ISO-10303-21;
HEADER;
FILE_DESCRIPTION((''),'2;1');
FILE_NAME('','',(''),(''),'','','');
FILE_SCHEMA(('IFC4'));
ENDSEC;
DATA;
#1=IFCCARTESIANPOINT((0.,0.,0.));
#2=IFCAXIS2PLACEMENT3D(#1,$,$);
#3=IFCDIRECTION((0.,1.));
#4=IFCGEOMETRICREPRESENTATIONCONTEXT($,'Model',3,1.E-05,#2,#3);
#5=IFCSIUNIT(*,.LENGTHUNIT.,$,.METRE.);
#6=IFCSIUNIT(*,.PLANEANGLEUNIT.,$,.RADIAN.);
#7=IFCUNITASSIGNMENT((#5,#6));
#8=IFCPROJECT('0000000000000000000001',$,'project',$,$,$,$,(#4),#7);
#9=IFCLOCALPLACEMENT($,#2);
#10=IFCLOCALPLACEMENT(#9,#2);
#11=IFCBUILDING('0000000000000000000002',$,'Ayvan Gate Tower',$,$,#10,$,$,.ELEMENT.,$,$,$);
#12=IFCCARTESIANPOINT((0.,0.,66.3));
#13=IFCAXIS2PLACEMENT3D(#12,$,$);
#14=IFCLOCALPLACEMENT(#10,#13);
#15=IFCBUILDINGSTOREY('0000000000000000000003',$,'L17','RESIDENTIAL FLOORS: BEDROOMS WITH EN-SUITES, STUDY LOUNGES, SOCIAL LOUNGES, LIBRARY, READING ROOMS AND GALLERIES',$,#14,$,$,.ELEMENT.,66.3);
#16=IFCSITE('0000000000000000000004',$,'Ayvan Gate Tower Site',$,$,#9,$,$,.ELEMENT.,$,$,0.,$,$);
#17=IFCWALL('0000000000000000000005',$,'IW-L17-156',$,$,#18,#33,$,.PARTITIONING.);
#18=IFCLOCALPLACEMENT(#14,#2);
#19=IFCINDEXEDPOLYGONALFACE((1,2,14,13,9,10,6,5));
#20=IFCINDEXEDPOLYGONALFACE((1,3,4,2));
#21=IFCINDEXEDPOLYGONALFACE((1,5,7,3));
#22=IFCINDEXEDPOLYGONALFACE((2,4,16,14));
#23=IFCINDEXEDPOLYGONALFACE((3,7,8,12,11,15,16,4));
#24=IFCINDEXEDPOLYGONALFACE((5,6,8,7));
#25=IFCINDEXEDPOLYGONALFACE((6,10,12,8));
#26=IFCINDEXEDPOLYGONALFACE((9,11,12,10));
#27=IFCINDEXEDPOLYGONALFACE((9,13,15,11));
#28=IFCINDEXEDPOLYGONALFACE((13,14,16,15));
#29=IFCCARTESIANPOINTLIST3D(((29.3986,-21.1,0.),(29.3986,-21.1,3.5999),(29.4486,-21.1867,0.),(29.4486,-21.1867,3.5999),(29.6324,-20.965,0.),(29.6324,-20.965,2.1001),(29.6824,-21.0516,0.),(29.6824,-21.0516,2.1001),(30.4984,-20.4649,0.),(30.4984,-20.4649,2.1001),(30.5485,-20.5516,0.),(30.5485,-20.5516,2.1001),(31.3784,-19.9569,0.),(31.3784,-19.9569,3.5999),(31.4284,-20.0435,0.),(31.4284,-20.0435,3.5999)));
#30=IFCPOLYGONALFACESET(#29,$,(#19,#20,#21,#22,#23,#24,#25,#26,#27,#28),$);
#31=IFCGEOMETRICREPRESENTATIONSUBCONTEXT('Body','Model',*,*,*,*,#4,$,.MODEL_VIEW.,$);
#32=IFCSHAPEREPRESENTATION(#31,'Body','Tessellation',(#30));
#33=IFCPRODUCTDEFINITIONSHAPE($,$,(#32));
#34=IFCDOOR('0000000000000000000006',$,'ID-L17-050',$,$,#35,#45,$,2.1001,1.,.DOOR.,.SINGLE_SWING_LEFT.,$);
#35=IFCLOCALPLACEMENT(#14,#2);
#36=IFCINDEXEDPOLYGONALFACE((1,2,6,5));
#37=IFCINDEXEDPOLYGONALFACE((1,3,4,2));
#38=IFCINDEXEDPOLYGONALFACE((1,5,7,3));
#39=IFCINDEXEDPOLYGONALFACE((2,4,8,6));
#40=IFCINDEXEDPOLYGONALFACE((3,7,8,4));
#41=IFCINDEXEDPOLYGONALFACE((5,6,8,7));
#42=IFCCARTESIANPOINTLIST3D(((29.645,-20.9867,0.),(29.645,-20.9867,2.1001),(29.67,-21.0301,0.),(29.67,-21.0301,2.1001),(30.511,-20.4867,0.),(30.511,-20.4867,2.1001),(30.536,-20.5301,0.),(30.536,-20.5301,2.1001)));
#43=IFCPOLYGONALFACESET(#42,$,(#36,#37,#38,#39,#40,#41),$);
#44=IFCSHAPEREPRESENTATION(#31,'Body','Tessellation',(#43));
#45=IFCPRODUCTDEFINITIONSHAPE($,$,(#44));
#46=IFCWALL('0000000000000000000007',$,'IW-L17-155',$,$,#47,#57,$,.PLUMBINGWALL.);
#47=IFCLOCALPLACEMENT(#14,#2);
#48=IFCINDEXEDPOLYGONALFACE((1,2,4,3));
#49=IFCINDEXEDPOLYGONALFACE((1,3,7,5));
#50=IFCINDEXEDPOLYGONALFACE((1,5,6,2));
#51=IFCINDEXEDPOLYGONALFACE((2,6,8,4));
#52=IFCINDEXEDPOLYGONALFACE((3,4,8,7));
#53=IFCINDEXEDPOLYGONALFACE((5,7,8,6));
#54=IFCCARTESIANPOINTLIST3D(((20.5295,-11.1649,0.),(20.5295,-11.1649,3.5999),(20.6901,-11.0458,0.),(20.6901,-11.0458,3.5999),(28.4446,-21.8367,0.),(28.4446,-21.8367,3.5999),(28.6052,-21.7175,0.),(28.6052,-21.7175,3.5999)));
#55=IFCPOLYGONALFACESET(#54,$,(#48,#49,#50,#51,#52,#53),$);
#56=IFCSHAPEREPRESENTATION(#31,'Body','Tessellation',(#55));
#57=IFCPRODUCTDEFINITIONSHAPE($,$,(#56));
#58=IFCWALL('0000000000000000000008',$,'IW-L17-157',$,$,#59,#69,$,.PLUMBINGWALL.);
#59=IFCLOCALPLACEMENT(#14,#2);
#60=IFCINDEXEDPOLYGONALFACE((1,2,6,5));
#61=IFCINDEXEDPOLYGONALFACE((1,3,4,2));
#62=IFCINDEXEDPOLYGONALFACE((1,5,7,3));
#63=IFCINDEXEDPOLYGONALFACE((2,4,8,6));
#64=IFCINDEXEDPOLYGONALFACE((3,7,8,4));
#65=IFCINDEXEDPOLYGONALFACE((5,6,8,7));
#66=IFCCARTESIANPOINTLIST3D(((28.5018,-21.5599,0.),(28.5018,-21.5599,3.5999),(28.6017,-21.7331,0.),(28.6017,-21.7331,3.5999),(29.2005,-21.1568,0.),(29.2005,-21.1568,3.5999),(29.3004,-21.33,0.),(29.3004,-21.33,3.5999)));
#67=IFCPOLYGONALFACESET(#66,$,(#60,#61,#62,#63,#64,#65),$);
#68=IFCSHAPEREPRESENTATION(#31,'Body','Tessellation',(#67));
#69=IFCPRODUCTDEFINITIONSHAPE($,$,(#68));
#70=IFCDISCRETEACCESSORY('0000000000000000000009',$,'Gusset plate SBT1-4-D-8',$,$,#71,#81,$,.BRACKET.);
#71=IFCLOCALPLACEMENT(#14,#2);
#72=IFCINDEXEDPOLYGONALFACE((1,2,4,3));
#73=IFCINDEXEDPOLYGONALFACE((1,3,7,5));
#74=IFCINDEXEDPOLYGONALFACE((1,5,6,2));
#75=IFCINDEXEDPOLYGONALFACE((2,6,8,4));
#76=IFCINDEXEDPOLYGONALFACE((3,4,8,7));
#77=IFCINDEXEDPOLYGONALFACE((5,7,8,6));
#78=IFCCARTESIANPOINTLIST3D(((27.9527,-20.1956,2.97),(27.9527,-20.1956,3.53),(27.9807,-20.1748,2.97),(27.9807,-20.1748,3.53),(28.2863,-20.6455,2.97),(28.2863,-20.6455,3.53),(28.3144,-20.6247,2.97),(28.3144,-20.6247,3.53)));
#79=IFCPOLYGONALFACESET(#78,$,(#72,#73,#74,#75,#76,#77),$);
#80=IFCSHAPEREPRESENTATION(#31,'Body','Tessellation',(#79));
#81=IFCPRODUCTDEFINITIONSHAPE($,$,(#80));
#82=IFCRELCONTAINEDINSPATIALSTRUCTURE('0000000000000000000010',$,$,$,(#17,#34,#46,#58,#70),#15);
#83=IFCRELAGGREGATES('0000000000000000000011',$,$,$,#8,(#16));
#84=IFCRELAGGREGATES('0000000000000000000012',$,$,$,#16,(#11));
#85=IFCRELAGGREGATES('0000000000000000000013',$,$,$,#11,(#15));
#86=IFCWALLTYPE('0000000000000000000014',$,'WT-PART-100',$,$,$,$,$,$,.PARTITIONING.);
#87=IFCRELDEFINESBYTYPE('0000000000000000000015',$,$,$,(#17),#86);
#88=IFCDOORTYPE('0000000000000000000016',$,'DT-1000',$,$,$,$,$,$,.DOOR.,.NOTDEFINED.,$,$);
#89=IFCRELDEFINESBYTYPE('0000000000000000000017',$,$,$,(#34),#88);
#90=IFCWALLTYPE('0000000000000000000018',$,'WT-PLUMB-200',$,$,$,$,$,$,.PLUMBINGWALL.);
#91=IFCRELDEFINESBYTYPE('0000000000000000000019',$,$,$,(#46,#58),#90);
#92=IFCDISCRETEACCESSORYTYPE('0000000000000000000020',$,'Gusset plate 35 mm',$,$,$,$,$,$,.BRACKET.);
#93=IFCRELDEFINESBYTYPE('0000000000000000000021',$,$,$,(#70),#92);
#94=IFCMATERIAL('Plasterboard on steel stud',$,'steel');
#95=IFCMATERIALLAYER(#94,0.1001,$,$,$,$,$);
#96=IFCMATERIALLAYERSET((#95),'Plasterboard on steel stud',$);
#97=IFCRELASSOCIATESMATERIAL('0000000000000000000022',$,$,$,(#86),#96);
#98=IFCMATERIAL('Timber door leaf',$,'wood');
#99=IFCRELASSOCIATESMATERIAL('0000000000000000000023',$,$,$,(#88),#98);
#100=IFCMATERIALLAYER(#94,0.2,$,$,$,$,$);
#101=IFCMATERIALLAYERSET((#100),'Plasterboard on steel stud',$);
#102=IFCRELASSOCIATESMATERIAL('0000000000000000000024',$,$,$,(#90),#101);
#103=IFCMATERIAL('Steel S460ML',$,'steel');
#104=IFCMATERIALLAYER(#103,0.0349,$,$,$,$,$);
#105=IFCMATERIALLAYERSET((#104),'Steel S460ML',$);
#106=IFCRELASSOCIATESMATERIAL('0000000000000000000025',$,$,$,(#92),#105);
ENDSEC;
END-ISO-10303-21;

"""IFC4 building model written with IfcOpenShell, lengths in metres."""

from ifc_helpers import new_model, si_unit, direction, frame, frame_2d, origin, origin_2d, place, context, subcontext, project, spatial, rectangle, extrude, material, layer, layer_set, type_object, element, fill, save


model = new_model("IFC4")

# Units and contexts
model_context = context("Model", 3, precision=1e-05, world=origin(), true_north=direction((0.0, 1.0)))
body_context = subcontext(model_context, "Body", "Model", "MODEL_VIEW")
ifc_project = project(units=[si_unit("LENGTHUNIT", "METRE"), si_unit("PLANEANGLEUNIT", "RADIAN")], contexts=[model_context])

# Site, building, storey
site_placement = place(None, origin())
site = spatial("IfcSite", under=ifc_project, at=site_placement, Name="Ayvan Gate Tower Site", CompositionType="ELEMENT", RefElevation=0.0)
building_placement = place(site_placement, origin())
building = spatial("IfcBuilding", under=site, at=building_placement, Name="Ayvan Gate Tower", CompositionType="ELEMENT")
storey_placement = place(building_placement, frame((0.0, 0.0, 66.3)))
storey = spatial("IfcBuildingStorey", under=building, at=storey_placement, Name="L17", Description="RESIDENTIAL FLOORS: BEDROOMS WITH EN-SUITES, STUDY LOUNGES, SOCIAL LOUNGES, LIBRARY, READING ROOMS AND GALLERIES", CompositionType="ELEMENT", Elevation=66.3)

# Shared definitions
ifc_material_1 = material(Name="Steel S460ML", Category="steel")

# Wall, opening, door
ifc_material_2 = material(Name="Plasterboard on steel stud", Category="steel")
ifc_layer_1 = layer(ifc_material_2, 0.1001)
ifc_layer_set_1 = layer_set([ifc_layer_1], Name="Plasterboard on steel stud")
wall_type_1 = type_object("IfcWallType", Name="WT-PART-100", PredefinedType="PARTITIONING", material=ifc_layer_set_1)
wall_1_placement = place(storey_placement, frame((29.4236, -21.1433, 0.0), z_axis=(0.0, 0.0, 1.0), x_axis=(0.866013, 0.500021, 0.0)))
wall_1 = element("IfcWall", 1, at=wall_1_placement, inside=storey, type_object=wall_type_1, Name="IW-L17-156", PredefinedType="PARTITIONING", context=body_context, shape_type="SweptSolid", body=[
    extrude(rectangle(XDim=2.2861, YDim=0.1001, at=frame_2d((1.1431, 0.0))), origin(), (0.0, 0.0, 1.0), 3.5999),
])
opening_placement = place(wall_1_placement, frame((0.27, 0.0, 0.0)))
opening = element("IfcOpeningElement", 2, at=opening_placement, cuts=wall_1, PredefinedType="OPENING", context=body_context, shape_type="SweptSolid", body=[
    extrude(rectangle(XDim=1.0, YDim=2.1001, at=frame_2d((0.5, 1.05))), frame((0.0, 0.0601, 0.0), z_axis=(0.0, -1.0, 0.0), x_axis=(1.0, 0.0, 0.0)), (0.0, 0.0, 1.0), 0.1201),
])
ifc_material_3 = material(Name="Timber door leaf", Category="wood")
door_type = type_object("IfcDoorType", Name="DT-1000", OperationType="NOTDEFINED", PredefinedType="DOOR", material=ifc_material_3)
door_placement = place(opening_placement, origin())
door = element("IfcDoor", 3, at=door_placement, inside=storey, type_object=door_type, Name="ID-L17-050", OperationType="SINGLE_SWING_LEFT", OverallHeight=2.1001, OverallWidth=1.0, PredefinedType="DOOR", context=body_context, shape_type="SweptSolid", body=[
    extrude(rectangle(XDim=1.0, YDim=2.1001, at=frame_2d((0.5, 1.05))), frame((0.0, 0.0249, 0.0), z_axis=(0.0, -1.0, 0.0), x_axis=(1.0, 0.0, 0.0)), (0.0, 0.0, 1.0), 0.05),
])
fill(opening, door)

# Walls
ifc_layer_2 = layer(ifc_material_2, 0.2)
ifc_layer_set_2 = layer_set([ifc_layer_2], Name="Plasterboard on steel stud")
wall_type_2 = type_object("IfcWallType", Name="WT-PLUMB-200", PredefinedType="PLUMBINGWALL", material=ifc_layer_set_2)
wall_2_placement = place(storey_placement, frame((28.5249, -21.7771, 0.0), z_axis=(0.0, 0.0, 1.0), x_axis=(-0.59572, 0.803192, 0.0)))
element("IfcWall", 4, at=wall_2_placement, inside=storey, type_object=wall_type_2, Name="IW-L17-155", PredefinedType="PLUMBINGWALL", context=body_context, shape_type="SweptSolid", body=[
    extrude(rectangle(XDim=13.2866, YDim=0.2, at=frame_2d((6.6433, 0.0))), origin(), (0.0, 0.0, 1.0), 3.5999),
])
wall_3_placement = place(storey_placement, frame((29.2505, -21.2434, 0.0), z_axis=(0.0, 0.0, 1.0), x_axis=(-0.866206, -0.499688, 0.0)))
element("IfcWall", 5, at=wall_3_placement, inside=storey, type_object=wall_type_2, Name="IW-L17-157", PredefinedType="PLUMBINGWALL", context=body_context, shape_type="SweptSolid", body=[
    extrude(rectangle(XDim=0.8066, YDim=0.2, at=frame_2d((0.4033, 0.0))), origin(), (0.0, 0.0, 1.0), 3.5999),
])

# Discrete accessory
ifc_layer_3 = layer(ifc_material_1, 0.0349)
ifc_layer_set_3 = layer_set([ifc_layer_3], Name="Steel S460ML")
discrete_accessory_type = type_object("IfcDiscreteAccessoryType", Name="Gusset plate 35 mm", PredefinedType="BRACKET", material=ifc_layer_set_3)
discrete_accessory_placement = place(storey_placement, frame((28.1335, -20.4102, 2.97), z_axis=(0.0, 0.0, 1.0), x_axis=(-0.595718, 0.803194, 0.0)))
element("IfcDiscreteAccessory", 6, at=discrete_accessory_placement, inside=storey, type_object=discrete_accessory_type, Name="Gusset plate SBT1-4-D-8", PredefinedType="BRACKET", context=body_context, shape_type="SweptSolid", body=[
    extrude(rectangle(XDim=0.5601, YDim=0.0349, at=origin_2d()), origin(), (0.0, 0.0, 1.0), 0.5601),
])

save(model, "model.ifc")
